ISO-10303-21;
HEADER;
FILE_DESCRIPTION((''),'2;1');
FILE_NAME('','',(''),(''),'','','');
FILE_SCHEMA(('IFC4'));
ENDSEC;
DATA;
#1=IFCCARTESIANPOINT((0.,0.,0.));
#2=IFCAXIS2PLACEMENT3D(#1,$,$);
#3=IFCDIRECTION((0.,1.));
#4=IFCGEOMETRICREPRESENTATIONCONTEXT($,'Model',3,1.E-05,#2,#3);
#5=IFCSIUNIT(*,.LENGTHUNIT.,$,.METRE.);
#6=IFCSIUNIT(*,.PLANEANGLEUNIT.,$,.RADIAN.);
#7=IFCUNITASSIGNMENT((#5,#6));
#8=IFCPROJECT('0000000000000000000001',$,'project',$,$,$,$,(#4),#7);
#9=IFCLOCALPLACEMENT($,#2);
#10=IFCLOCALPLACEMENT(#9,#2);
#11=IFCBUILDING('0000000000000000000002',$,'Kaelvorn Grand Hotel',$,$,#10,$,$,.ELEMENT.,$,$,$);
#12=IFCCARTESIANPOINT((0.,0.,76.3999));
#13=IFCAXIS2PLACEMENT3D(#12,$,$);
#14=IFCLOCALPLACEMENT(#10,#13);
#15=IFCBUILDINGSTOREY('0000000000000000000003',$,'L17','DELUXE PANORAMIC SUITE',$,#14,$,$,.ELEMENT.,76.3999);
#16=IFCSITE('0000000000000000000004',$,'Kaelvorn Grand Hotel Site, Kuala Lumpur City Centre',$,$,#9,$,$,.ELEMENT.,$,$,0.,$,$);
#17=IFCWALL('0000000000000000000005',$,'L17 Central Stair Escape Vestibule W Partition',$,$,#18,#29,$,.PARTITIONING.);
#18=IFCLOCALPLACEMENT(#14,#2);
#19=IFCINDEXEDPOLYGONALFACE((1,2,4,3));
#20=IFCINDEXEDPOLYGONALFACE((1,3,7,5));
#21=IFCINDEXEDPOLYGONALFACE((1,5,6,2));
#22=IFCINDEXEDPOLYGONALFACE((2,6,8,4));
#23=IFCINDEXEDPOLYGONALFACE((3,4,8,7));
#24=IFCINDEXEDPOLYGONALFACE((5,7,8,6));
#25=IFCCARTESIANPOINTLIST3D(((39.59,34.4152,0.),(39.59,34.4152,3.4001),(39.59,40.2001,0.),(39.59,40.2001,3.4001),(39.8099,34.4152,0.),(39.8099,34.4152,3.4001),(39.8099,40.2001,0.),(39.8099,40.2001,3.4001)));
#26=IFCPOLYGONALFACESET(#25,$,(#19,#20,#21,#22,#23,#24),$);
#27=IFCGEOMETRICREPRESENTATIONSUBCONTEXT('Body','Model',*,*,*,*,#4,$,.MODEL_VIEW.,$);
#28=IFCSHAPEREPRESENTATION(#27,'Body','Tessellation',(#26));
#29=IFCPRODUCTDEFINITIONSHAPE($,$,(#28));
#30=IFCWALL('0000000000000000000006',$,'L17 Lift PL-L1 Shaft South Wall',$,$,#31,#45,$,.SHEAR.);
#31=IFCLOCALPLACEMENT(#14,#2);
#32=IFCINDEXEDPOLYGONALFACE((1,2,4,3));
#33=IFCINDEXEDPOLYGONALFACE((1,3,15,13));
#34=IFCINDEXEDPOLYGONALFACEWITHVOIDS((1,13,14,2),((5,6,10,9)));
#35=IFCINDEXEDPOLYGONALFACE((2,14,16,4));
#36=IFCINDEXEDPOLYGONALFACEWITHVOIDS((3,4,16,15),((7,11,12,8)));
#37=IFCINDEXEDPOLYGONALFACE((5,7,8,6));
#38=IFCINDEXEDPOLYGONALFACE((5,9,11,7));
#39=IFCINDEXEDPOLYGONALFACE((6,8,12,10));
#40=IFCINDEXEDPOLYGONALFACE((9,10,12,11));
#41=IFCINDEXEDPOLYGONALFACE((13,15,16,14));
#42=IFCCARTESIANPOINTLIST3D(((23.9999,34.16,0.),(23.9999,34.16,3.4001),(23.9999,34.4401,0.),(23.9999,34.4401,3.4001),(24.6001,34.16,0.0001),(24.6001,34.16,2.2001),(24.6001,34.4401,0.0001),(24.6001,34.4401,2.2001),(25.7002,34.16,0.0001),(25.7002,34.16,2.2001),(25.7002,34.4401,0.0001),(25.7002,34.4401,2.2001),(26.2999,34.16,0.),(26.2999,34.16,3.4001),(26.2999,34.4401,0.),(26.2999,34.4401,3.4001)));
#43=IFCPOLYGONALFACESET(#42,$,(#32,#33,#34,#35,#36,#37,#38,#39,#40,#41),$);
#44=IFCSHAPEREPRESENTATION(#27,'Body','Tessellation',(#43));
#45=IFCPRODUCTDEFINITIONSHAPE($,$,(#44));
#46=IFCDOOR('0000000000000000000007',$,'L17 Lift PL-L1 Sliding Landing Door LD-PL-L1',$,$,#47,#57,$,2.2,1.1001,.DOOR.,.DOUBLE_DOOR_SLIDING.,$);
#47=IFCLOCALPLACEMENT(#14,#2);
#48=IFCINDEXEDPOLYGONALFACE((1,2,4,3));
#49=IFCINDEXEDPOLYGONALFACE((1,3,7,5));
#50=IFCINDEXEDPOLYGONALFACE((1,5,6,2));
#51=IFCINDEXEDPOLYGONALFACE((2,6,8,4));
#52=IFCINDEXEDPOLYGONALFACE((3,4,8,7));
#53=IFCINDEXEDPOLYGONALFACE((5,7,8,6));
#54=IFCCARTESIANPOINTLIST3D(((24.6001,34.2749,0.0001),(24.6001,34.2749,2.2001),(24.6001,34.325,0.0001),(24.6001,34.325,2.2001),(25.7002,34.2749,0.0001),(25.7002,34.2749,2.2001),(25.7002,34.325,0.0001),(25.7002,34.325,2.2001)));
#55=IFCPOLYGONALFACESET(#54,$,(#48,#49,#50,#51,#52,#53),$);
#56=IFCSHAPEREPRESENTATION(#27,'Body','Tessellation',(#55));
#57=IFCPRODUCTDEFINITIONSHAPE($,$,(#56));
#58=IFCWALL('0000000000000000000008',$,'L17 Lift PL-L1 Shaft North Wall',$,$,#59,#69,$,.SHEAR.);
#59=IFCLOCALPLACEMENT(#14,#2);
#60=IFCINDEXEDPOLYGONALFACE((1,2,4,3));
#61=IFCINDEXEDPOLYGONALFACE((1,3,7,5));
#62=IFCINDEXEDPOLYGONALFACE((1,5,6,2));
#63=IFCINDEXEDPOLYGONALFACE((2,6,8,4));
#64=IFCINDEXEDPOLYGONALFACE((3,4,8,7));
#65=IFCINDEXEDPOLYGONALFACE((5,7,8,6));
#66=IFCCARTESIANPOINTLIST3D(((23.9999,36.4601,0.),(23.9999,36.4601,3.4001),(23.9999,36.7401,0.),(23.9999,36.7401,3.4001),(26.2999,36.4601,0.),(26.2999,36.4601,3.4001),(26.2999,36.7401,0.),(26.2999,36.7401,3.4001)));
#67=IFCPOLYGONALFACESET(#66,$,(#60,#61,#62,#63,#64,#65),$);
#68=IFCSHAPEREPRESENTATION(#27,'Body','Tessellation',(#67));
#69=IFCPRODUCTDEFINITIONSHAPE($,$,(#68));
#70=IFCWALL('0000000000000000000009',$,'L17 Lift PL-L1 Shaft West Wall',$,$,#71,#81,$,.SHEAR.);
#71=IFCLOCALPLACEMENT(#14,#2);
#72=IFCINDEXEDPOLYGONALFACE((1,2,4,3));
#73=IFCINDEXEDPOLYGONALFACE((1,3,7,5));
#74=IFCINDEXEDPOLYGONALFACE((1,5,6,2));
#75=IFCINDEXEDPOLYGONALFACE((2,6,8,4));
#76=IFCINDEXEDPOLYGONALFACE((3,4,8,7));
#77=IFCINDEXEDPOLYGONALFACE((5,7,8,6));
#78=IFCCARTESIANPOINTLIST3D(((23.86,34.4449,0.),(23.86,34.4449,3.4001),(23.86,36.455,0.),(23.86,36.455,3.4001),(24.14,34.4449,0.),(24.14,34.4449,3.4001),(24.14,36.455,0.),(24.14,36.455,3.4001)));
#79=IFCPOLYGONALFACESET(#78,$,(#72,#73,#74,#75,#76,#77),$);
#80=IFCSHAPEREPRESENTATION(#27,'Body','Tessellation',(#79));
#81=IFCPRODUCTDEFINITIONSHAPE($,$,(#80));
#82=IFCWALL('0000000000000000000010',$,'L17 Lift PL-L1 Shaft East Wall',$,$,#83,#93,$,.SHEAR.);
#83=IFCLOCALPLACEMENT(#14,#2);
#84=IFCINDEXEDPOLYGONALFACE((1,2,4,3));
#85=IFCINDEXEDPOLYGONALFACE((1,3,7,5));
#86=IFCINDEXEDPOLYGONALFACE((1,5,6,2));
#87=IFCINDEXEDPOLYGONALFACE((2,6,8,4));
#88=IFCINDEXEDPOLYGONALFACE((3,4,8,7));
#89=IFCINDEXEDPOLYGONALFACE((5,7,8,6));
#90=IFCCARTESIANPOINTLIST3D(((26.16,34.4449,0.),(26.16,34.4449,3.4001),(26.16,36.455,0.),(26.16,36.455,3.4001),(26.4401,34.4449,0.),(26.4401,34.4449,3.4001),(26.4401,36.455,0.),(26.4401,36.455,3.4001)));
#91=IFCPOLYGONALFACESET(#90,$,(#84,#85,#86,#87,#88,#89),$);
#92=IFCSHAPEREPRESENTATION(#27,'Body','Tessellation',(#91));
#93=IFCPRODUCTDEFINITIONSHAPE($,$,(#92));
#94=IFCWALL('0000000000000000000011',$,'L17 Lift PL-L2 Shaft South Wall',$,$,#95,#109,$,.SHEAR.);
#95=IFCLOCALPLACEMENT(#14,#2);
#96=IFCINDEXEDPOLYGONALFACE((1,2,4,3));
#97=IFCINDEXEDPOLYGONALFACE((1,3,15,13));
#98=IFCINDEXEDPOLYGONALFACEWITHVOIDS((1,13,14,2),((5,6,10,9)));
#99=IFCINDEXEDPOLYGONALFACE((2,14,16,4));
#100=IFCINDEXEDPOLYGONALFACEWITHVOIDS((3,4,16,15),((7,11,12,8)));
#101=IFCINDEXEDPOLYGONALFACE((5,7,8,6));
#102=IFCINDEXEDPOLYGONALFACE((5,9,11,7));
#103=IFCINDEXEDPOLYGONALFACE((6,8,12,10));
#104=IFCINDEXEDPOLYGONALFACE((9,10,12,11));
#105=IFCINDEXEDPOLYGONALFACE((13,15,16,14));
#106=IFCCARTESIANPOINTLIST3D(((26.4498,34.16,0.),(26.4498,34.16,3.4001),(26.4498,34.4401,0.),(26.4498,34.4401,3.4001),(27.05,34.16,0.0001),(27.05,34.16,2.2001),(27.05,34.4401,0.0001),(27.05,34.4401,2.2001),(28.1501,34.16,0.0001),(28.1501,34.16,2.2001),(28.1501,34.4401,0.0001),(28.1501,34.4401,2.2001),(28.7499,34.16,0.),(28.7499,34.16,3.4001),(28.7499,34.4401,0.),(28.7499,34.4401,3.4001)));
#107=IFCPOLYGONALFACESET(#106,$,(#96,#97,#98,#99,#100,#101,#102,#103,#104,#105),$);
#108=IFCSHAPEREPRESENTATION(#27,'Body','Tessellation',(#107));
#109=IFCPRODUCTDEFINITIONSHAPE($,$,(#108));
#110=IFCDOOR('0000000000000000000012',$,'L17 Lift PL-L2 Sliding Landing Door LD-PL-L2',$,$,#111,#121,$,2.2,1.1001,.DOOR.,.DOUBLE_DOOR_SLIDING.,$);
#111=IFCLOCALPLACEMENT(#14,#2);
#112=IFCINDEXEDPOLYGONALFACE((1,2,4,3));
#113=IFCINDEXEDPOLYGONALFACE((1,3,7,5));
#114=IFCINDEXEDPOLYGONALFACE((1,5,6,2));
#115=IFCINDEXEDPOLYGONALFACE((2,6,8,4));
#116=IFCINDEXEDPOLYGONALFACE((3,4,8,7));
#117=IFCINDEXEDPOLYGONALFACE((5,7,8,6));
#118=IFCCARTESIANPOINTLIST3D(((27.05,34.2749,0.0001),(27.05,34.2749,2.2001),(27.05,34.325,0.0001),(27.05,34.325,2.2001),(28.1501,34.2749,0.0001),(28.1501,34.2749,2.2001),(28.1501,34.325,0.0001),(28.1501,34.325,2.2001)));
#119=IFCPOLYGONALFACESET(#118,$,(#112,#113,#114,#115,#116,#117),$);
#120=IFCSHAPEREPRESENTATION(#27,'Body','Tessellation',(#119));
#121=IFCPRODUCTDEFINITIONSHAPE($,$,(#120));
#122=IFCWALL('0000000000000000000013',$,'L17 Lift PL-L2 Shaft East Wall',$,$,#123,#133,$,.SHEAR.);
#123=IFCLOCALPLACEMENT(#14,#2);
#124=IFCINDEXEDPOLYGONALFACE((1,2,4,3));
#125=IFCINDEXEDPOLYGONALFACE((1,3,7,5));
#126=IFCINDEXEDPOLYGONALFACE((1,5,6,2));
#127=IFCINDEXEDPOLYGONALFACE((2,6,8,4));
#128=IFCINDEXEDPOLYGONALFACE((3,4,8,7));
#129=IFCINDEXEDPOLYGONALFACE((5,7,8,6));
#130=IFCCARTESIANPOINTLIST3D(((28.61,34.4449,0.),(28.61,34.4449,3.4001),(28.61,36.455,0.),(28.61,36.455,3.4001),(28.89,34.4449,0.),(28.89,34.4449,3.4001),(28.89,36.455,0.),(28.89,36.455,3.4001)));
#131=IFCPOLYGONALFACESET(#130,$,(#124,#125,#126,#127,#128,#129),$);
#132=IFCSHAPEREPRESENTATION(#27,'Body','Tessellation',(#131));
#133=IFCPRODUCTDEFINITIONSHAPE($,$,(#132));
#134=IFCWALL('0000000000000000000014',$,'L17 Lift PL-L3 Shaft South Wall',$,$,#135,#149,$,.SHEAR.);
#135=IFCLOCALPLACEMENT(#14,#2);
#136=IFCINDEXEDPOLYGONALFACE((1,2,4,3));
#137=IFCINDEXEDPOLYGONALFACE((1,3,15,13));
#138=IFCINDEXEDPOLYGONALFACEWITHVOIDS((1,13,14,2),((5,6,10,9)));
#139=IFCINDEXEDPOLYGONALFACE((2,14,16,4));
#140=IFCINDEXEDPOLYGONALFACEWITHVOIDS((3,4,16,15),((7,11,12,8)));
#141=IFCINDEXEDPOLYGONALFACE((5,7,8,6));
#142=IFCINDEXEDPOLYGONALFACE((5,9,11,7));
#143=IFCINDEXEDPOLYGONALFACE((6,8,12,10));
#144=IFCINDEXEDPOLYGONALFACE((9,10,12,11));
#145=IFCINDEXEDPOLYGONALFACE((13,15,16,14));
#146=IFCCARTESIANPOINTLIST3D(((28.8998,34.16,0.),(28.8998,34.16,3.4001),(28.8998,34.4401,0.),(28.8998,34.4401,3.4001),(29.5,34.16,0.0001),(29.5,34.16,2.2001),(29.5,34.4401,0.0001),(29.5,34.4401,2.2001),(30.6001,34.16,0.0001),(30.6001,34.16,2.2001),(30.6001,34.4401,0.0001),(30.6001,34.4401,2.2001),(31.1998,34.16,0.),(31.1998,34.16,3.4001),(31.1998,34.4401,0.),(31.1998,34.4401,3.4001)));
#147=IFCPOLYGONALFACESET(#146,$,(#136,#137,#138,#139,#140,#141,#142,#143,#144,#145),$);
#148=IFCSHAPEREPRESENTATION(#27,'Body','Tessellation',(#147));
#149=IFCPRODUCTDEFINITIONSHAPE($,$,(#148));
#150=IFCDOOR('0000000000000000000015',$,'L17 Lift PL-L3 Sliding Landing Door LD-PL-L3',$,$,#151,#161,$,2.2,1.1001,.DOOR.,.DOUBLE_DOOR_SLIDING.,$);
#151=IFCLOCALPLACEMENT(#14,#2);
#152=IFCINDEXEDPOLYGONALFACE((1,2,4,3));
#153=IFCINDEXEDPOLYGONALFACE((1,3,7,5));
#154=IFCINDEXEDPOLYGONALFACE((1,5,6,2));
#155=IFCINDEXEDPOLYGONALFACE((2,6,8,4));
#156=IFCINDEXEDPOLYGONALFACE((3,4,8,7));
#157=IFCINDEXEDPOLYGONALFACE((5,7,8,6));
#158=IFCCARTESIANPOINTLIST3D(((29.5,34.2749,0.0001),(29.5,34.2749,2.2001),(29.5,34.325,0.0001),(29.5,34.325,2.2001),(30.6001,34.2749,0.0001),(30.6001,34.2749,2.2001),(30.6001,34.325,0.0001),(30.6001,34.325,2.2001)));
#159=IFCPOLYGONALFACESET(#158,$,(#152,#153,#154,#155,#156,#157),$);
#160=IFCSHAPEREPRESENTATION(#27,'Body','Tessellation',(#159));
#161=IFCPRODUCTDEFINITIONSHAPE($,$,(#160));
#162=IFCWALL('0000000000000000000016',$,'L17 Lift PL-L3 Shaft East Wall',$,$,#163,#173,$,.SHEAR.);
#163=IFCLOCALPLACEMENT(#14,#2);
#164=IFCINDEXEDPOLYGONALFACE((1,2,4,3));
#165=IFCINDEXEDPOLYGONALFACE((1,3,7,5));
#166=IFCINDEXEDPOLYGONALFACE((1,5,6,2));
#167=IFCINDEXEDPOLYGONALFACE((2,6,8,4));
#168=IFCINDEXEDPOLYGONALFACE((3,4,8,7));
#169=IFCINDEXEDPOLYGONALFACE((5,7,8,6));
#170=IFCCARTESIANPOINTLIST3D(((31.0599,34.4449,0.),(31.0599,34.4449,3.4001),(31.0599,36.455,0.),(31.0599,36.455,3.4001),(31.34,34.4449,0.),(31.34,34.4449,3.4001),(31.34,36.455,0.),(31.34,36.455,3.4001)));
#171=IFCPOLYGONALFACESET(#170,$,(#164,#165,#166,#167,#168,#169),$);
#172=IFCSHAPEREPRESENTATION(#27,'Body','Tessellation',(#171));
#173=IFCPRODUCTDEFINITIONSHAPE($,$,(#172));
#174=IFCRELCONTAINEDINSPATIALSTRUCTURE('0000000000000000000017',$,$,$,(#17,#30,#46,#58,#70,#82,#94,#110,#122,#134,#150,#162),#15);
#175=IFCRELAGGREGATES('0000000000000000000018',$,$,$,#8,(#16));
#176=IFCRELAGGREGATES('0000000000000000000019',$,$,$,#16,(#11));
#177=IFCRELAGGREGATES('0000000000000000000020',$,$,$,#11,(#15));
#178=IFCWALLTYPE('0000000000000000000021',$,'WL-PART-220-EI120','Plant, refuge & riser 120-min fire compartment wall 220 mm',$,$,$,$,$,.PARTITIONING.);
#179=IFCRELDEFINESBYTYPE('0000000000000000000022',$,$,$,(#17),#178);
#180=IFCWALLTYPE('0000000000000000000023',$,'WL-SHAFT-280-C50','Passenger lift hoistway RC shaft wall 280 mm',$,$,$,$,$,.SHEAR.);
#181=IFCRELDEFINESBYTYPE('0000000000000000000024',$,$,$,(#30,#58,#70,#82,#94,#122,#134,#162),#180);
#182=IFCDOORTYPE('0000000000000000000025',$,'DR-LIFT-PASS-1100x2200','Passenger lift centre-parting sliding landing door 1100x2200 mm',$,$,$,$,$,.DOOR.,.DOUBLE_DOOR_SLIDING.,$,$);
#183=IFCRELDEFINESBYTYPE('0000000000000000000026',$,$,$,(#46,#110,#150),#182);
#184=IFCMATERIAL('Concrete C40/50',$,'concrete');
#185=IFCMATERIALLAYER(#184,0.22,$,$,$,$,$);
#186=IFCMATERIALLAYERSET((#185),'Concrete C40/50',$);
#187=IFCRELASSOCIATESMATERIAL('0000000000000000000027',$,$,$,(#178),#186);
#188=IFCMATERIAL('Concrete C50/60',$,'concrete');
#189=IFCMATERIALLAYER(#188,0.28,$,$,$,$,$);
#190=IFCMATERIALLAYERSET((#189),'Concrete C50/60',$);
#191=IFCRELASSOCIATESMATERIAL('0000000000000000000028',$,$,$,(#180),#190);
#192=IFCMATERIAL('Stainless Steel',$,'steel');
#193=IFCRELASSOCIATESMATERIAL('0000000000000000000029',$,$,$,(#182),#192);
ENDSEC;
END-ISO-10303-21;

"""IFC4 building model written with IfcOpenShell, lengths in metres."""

from ifc_helpers import new_model, si_unit, direction, frame, frame_2d, origin, place, context, subcontext, project, spatial, rectangle, extrude, material, layer, layer_set, type_object, element, fill, save


model = new_model("IFC4")

# Units and contexts
model_context = context("Model", 3, precision=1e-05, world=origin(), true_north=direction((0.0, 1.0)))
body_context = subcontext(model_context, "Body", "Model", "MODEL_VIEW")
ifc_project = project(units=[si_unit("LENGTHUNIT", "METRE"), si_unit("PLANEANGLEUNIT", "RADIAN")], contexts=[model_context])

# Site, building, storey
site_placement = place(None, origin())
site = spatial("IfcSite", under=ifc_project, at=site_placement, Name="Kaelvorn Grand Hotel Site, Kuala Lumpur City Centre", CompositionType="ELEMENT", RefElevation=0.0)
building_placement = place(site_placement, origin())
building = spatial("IfcBuilding", under=site, at=building_placement, Name="Kaelvorn Grand Hotel", CompositionType="ELEMENT")
storey_placement = place(building_placement, frame((0.0, 0.0, 76.3999)))
storey = spatial("IfcBuildingStorey", under=building, at=storey_placement, Name="L17", Description="DELUXE PANORAMIC SUITE", CompositionType="ELEMENT", Elevation=76.3999)

# Shared definitions
ifc_material_1 = material(Name="Concrete C40/50", Category="concrete")
ifc_layer_1 = layer(ifc_material_1, 0.22)
ifc_layer_set_1 = layer_set([ifc_layer_1], Name="Concrete C40/50")
wall_type_1 = type_object("IfcWallType", Name="WL-PART-220-EI120", Description="Plant, refuge & riser 120-min fire compartment wall 220 mm", PredefinedType="PARTITIONING", material=ifc_layer_set_1)

# Wall
wall_1_placement = place(storey_placement, frame((39.7, 34.415, 0.0), z_axis=(0.0, 0.0, 1.0), x_axis=(0.0, 1.0, 0.0)))
element("IfcWall", 1, at=wall_1_placement, inside=storey, type_object=wall_type_1, Name="L17 Central Stair Escape Vestibule W Partition", PredefinedType="PARTITIONING", context=body_context, shape_type="SweptSolid", body=[
    extrude(rectangle(XDim=5.7849, YDim=0.22, at=frame_2d((2.8926, 0.0))), origin(), (0.0, 0.0, 1.0), 3.4001),
])

# Wall, opening, door
ifc_material_2 = material(Name="Concrete C50/60", Category="concrete")
ifc_layer_2 = layer(ifc_material_2, 0.28)
ifc_layer_set_2 = layer_set([ifc_layer_2], Name="Concrete C50/60")
wall_type_2 = type_object("IfcWallType", Name="WL-SHAFT-280-C50", Description="Passenger lift hoistway RC shaft wall 280 mm", PredefinedType="SHEAR", material=ifc_layer_set_2)
wall_2_placement = place(storey_placement, frame((24.0, 34.3, 0.0), z_axis=(0.0, 0.0, 1.0), x_axis=(1.0, 0.0, 0.0)))
wall_2 = element("IfcWall", 2, at=wall_2_placement, inside=storey, type_object=wall_type_2, Name="L17 Lift PL-L1 Shaft South Wall", PredefinedType="SHEAR", context=body_context, shape_type="SweptSolid", body=[
    extrude(rectangle(XDim=2.3, YDim=0.28, at=frame_2d((1.1499, 0.0))), origin(), (0.0, 0.0, 1.0), 3.4001),
])
opening_1_placement = place(wall_2_placement, frame((0.6001, 0.0, 0.0)))
opening_1 = element("IfcOpeningElement", 3, at=opening_1_placement, cuts=wall_2, PredefinedType="OPENING", context=body_context, shape_type="SweptSolid", body=[
    extrude(rectangle(XDim=1.1001, YDim=2.2, at=frame_2d((0.55, 1.1001))), frame((0.0, 0.1499, 0.0), z_axis=(0.0, -1.0, 0.0), x_axis=(1.0, 0.0, 0.0)), (0.0, 0.0, 1.0), 0.3),
])
ifc_material_3 = material(Name="Stainless Steel", Category="steel")
door_type_1 = type_object("IfcDoorType", Name="DR-LIFT-PASS-1100x2200", Description="Passenger lift centre-parting sliding landing door 1100x2200 mm", OperationType="DOUBLE_DOOR_SLIDING", PredefinedType="DOOR", material=ifc_material_3)
door_1_placement = place(opening_1_placement, origin())
door_1 = element("IfcDoor", 4, at=door_1_placement, inside=storey, type_object=door_type_1, Name="L17 Lift PL-L1 Sliding Landing Door LD-PL-L1", OperationType="DOUBLE_DOOR_SLIDING", OverallHeight=2.2, OverallWidth=1.1001, PredefinedType="DOOR", context=body_context, shape_type="SweptSolid", body=[
    extrude(rectangle(XDim=1.1001, YDim=2.2, at=frame_2d((0.55, 1.1001))), frame((0.0, 0.0249, 0.0), z_axis=(0.0, -1.0, 0.0), x_axis=(1.0, 0.0, 0.0)), (0.0, 0.0, 1.0), 0.05),
])
fill(opening_1, door_1)

# Walls
wall_3_placement = place(storey_placement, frame((24.0, 36.6001, 0.0), z_axis=(0.0, 0.0, 1.0), x_axis=(1.0, 0.0, 0.0)))
element("IfcWall", 5, at=wall_3_placement, inside=storey, type_object=wall_type_2, Name="L17 Lift PL-L1 Shaft North Wall", PredefinedType="SHEAR", context=body_context, shape_type="SweptSolid", body=[
    extrude(rectangle(XDim=2.3, YDim=0.28, at=frame_2d((1.1499, 0.0))), origin(), (0.0, 0.0, 1.0), 3.4001),
])
for number, where, z_axis, x_axis, name in (
    (6, (24.0, 34.4451, 0.0), (0.0, 0.0, 1.0), (0.0, 1.0, 0.0), "L17 Lift PL-L1 Shaft West Wall"),
    (7, (26.3, 34.4451, 0.0), (0.0, 0.0, 1.0), (0.0, 1.0, 0.0), "L17 Lift PL-L1 Shaft East Wall"),
):
    element("IfcWall", number, at=place(storey_placement, frame(where, z_axis=z_axis, x_axis=x_axis)), inside=storey, type_object=wall_type_2, Name=name, PredefinedType="SHEAR", context=body_context, shape_type="SweptSolid", body=[
        extrude(rectangle(XDim=2.01, YDim=0.28, at=frame_2d((1.0049, 0.0))), origin(), (0.0, 0.0, 1.0), 3.4001),
    ])

# Wall, opening, door
wall_4_placement = place(storey_placement, frame((26.45, 34.3, 0.0), z_axis=(0.0, 0.0, 1.0), x_axis=(1.0, 0.0, 0.0)))
wall_4 = element("IfcWall", 8, at=wall_4_placement, inside=storey, type_object=wall_type_2, Name="L17 Lift PL-L2 Shaft South Wall", PredefinedType="SHEAR", context=body_context, shape_type="SweptSolid", body=[
    extrude(rectangle(XDim=2.3, YDim=0.28, at=frame_2d((1.1499, 0.0))), origin(), (0.0, 0.0, 1.0), 3.4001),
])
opening_2_placement = place(wall_4_placement, frame((0.6001, 0.0, 0.0)))
opening_2 = element("IfcOpeningElement", 9, at=opening_2_placement, cuts=wall_4, PredefinedType="OPENING", context=body_context, shape_type="SweptSolid", body=[
    extrude(rectangle(XDim=1.1001, YDim=2.2, at=frame_2d((0.55, 1.1001))), frame((0.0, 0.1499, 0.0), z_axis=(0.0, -1.0, 0.0), x_axis=(1.0, 0.0, 0.0)), (0.0, 0.0, 1.0), 0.3),
])
door_2_placement = place(opening_2_placement, origin())
door_2 = element("IfcDoor", 10, at=door_2_placement, inside=storey, type_object=door_type_1, Name="L17 Lift PL-L2 Sliding Landing Door LD-PL-L2", OperationType="DOUBLE_DOOR_SLIDING", OverallHeight=2.2, OverallWidth=1.1001, PredefinedType="DOOR", context=body_context, shape_type="SweptSolid", body=[
    extrude(rectangle(XDim=1.1001, YDim=2.2, at=frame_2d((0.55, 1.1001))), frame((0.0, 0.0249, 0.0), z_axis=(0.0, -1.0, 0.0), x_axis=(1.0, 0.0, 0.0)), (0.0, 0.0, 1.0), 0.05),
])
fill(opening_2, door_2)

# Wall
wall_5_placement = place(storey_placement, frame((28.75, 34.4451, 0.0), z_axis=(0.0, 0.0, 1.0), x_axis=(0.0, 1.0, 0.0)))
element("IfcWall", 11, at=wall_5_placement, inside=storey, type_object=wall_type_2, Name="L17 Lift PL-L2 Shaft East Wall", PredefinedType="SHEAR", context=body_context, shape_type="SweptSolid", body=[
    extrude(rectangle(XDim=2.01, YDim=0.28, at=frame_2d((1.0049, 0.0))), origin(), (0.0, 0.0, 1.0), 3.4001),
])

# Wall, opening, door
wall_6_placement = place(storey_placement, frame((28.8999, 34.3, 0.0), z_axis=(0.0, 0.0, 1.0), x_axis=(1.0, 0.0, 0.0)))
wall_6 = element("IfcWall", 12, at=wall_6_placement, inside=storey, type_object=wall_type_2, Name="L17 Lift PL-L3 Shaft South Wall", PredefinedType="SHEAR", context=body_context, shape_type="SweptSolid", body=[
    extrude(rectangle(XDim=2.3, YDim=0.28, at=frame_2d((1.1499, 0.0))), origin(), (0.0, 0.0, 1.0), 3.4001),
])
opening_3_placement = place(wall_6_placement, frame((0.6001, 0.0, 0.0)))
opening_3 = element("IfcOpeningElement", 13, at=opening_3_placement, cuts=wall_6, PredefinedType="OPENING", context=body_context, shape_type="SweptSolid", body=[
    extrude(rectangle(XDim=1.1001, YDim=2.2, at=frame_2d((0.55, 1.1001))), frame((0.0, 0.1499, 0.0), z_axis=(0.0, -1.0, 0.0), x_axis=(1.0, 0.0, 0.0)), (0.0, 0.0, 1.0), 0.3),
])
door_3_placement = place(opening_3_placement, origin())
door_3 = element("IfcDoor", 14, at=door_3_placement, inside=storey, type_object=door_type_1, Name="L17 Lift PL-L3 Sliding Landing Door LD-PL-L3", OperationType="DOUBLE_DOOR_SLIDING", OverallHeight=2.2, OverallWidth=1.1001, PredefinedType="DOOR", context=body_context, shape_type="SweptSolid", body=[
    extrude(rectangle(XDim=1.1001, YDim=2.2, at=frame_2d((0.55, 1.1001))), frame((0.0, 0.0249, 0.0), z_axis=(0.0, -1.0, 0.0), x_axis=(1.0, 0.0, 0.0)), (0.0, 0.0, 1.0), 0.05),
])
fill(opening_3, door_3)

# Wall
wall_7_placement = place(storey_placement, frame((31.2, 34.4451, 0.0), z_axis=(0.0, 0.0, 1.0), x_axis=(0.0, 1.0, 0.0)))
element("IfcWall", 15, at=wall_7_placement, inside=storey, type_object=wall_type_2, Name="L17 Lift PL-L3 Shaft East Wall", PredefinedType="SHEAR", context=body_context, shape_type="SweptSolid", body=[
    extrude(rectangle(XDim=2.01, YDim=0.28, at=frame_2d((1.0049, 0.0))), origin(), (0.0, 0.0, 1.0), 3.4001),
])

save(model, "model.ifc")
